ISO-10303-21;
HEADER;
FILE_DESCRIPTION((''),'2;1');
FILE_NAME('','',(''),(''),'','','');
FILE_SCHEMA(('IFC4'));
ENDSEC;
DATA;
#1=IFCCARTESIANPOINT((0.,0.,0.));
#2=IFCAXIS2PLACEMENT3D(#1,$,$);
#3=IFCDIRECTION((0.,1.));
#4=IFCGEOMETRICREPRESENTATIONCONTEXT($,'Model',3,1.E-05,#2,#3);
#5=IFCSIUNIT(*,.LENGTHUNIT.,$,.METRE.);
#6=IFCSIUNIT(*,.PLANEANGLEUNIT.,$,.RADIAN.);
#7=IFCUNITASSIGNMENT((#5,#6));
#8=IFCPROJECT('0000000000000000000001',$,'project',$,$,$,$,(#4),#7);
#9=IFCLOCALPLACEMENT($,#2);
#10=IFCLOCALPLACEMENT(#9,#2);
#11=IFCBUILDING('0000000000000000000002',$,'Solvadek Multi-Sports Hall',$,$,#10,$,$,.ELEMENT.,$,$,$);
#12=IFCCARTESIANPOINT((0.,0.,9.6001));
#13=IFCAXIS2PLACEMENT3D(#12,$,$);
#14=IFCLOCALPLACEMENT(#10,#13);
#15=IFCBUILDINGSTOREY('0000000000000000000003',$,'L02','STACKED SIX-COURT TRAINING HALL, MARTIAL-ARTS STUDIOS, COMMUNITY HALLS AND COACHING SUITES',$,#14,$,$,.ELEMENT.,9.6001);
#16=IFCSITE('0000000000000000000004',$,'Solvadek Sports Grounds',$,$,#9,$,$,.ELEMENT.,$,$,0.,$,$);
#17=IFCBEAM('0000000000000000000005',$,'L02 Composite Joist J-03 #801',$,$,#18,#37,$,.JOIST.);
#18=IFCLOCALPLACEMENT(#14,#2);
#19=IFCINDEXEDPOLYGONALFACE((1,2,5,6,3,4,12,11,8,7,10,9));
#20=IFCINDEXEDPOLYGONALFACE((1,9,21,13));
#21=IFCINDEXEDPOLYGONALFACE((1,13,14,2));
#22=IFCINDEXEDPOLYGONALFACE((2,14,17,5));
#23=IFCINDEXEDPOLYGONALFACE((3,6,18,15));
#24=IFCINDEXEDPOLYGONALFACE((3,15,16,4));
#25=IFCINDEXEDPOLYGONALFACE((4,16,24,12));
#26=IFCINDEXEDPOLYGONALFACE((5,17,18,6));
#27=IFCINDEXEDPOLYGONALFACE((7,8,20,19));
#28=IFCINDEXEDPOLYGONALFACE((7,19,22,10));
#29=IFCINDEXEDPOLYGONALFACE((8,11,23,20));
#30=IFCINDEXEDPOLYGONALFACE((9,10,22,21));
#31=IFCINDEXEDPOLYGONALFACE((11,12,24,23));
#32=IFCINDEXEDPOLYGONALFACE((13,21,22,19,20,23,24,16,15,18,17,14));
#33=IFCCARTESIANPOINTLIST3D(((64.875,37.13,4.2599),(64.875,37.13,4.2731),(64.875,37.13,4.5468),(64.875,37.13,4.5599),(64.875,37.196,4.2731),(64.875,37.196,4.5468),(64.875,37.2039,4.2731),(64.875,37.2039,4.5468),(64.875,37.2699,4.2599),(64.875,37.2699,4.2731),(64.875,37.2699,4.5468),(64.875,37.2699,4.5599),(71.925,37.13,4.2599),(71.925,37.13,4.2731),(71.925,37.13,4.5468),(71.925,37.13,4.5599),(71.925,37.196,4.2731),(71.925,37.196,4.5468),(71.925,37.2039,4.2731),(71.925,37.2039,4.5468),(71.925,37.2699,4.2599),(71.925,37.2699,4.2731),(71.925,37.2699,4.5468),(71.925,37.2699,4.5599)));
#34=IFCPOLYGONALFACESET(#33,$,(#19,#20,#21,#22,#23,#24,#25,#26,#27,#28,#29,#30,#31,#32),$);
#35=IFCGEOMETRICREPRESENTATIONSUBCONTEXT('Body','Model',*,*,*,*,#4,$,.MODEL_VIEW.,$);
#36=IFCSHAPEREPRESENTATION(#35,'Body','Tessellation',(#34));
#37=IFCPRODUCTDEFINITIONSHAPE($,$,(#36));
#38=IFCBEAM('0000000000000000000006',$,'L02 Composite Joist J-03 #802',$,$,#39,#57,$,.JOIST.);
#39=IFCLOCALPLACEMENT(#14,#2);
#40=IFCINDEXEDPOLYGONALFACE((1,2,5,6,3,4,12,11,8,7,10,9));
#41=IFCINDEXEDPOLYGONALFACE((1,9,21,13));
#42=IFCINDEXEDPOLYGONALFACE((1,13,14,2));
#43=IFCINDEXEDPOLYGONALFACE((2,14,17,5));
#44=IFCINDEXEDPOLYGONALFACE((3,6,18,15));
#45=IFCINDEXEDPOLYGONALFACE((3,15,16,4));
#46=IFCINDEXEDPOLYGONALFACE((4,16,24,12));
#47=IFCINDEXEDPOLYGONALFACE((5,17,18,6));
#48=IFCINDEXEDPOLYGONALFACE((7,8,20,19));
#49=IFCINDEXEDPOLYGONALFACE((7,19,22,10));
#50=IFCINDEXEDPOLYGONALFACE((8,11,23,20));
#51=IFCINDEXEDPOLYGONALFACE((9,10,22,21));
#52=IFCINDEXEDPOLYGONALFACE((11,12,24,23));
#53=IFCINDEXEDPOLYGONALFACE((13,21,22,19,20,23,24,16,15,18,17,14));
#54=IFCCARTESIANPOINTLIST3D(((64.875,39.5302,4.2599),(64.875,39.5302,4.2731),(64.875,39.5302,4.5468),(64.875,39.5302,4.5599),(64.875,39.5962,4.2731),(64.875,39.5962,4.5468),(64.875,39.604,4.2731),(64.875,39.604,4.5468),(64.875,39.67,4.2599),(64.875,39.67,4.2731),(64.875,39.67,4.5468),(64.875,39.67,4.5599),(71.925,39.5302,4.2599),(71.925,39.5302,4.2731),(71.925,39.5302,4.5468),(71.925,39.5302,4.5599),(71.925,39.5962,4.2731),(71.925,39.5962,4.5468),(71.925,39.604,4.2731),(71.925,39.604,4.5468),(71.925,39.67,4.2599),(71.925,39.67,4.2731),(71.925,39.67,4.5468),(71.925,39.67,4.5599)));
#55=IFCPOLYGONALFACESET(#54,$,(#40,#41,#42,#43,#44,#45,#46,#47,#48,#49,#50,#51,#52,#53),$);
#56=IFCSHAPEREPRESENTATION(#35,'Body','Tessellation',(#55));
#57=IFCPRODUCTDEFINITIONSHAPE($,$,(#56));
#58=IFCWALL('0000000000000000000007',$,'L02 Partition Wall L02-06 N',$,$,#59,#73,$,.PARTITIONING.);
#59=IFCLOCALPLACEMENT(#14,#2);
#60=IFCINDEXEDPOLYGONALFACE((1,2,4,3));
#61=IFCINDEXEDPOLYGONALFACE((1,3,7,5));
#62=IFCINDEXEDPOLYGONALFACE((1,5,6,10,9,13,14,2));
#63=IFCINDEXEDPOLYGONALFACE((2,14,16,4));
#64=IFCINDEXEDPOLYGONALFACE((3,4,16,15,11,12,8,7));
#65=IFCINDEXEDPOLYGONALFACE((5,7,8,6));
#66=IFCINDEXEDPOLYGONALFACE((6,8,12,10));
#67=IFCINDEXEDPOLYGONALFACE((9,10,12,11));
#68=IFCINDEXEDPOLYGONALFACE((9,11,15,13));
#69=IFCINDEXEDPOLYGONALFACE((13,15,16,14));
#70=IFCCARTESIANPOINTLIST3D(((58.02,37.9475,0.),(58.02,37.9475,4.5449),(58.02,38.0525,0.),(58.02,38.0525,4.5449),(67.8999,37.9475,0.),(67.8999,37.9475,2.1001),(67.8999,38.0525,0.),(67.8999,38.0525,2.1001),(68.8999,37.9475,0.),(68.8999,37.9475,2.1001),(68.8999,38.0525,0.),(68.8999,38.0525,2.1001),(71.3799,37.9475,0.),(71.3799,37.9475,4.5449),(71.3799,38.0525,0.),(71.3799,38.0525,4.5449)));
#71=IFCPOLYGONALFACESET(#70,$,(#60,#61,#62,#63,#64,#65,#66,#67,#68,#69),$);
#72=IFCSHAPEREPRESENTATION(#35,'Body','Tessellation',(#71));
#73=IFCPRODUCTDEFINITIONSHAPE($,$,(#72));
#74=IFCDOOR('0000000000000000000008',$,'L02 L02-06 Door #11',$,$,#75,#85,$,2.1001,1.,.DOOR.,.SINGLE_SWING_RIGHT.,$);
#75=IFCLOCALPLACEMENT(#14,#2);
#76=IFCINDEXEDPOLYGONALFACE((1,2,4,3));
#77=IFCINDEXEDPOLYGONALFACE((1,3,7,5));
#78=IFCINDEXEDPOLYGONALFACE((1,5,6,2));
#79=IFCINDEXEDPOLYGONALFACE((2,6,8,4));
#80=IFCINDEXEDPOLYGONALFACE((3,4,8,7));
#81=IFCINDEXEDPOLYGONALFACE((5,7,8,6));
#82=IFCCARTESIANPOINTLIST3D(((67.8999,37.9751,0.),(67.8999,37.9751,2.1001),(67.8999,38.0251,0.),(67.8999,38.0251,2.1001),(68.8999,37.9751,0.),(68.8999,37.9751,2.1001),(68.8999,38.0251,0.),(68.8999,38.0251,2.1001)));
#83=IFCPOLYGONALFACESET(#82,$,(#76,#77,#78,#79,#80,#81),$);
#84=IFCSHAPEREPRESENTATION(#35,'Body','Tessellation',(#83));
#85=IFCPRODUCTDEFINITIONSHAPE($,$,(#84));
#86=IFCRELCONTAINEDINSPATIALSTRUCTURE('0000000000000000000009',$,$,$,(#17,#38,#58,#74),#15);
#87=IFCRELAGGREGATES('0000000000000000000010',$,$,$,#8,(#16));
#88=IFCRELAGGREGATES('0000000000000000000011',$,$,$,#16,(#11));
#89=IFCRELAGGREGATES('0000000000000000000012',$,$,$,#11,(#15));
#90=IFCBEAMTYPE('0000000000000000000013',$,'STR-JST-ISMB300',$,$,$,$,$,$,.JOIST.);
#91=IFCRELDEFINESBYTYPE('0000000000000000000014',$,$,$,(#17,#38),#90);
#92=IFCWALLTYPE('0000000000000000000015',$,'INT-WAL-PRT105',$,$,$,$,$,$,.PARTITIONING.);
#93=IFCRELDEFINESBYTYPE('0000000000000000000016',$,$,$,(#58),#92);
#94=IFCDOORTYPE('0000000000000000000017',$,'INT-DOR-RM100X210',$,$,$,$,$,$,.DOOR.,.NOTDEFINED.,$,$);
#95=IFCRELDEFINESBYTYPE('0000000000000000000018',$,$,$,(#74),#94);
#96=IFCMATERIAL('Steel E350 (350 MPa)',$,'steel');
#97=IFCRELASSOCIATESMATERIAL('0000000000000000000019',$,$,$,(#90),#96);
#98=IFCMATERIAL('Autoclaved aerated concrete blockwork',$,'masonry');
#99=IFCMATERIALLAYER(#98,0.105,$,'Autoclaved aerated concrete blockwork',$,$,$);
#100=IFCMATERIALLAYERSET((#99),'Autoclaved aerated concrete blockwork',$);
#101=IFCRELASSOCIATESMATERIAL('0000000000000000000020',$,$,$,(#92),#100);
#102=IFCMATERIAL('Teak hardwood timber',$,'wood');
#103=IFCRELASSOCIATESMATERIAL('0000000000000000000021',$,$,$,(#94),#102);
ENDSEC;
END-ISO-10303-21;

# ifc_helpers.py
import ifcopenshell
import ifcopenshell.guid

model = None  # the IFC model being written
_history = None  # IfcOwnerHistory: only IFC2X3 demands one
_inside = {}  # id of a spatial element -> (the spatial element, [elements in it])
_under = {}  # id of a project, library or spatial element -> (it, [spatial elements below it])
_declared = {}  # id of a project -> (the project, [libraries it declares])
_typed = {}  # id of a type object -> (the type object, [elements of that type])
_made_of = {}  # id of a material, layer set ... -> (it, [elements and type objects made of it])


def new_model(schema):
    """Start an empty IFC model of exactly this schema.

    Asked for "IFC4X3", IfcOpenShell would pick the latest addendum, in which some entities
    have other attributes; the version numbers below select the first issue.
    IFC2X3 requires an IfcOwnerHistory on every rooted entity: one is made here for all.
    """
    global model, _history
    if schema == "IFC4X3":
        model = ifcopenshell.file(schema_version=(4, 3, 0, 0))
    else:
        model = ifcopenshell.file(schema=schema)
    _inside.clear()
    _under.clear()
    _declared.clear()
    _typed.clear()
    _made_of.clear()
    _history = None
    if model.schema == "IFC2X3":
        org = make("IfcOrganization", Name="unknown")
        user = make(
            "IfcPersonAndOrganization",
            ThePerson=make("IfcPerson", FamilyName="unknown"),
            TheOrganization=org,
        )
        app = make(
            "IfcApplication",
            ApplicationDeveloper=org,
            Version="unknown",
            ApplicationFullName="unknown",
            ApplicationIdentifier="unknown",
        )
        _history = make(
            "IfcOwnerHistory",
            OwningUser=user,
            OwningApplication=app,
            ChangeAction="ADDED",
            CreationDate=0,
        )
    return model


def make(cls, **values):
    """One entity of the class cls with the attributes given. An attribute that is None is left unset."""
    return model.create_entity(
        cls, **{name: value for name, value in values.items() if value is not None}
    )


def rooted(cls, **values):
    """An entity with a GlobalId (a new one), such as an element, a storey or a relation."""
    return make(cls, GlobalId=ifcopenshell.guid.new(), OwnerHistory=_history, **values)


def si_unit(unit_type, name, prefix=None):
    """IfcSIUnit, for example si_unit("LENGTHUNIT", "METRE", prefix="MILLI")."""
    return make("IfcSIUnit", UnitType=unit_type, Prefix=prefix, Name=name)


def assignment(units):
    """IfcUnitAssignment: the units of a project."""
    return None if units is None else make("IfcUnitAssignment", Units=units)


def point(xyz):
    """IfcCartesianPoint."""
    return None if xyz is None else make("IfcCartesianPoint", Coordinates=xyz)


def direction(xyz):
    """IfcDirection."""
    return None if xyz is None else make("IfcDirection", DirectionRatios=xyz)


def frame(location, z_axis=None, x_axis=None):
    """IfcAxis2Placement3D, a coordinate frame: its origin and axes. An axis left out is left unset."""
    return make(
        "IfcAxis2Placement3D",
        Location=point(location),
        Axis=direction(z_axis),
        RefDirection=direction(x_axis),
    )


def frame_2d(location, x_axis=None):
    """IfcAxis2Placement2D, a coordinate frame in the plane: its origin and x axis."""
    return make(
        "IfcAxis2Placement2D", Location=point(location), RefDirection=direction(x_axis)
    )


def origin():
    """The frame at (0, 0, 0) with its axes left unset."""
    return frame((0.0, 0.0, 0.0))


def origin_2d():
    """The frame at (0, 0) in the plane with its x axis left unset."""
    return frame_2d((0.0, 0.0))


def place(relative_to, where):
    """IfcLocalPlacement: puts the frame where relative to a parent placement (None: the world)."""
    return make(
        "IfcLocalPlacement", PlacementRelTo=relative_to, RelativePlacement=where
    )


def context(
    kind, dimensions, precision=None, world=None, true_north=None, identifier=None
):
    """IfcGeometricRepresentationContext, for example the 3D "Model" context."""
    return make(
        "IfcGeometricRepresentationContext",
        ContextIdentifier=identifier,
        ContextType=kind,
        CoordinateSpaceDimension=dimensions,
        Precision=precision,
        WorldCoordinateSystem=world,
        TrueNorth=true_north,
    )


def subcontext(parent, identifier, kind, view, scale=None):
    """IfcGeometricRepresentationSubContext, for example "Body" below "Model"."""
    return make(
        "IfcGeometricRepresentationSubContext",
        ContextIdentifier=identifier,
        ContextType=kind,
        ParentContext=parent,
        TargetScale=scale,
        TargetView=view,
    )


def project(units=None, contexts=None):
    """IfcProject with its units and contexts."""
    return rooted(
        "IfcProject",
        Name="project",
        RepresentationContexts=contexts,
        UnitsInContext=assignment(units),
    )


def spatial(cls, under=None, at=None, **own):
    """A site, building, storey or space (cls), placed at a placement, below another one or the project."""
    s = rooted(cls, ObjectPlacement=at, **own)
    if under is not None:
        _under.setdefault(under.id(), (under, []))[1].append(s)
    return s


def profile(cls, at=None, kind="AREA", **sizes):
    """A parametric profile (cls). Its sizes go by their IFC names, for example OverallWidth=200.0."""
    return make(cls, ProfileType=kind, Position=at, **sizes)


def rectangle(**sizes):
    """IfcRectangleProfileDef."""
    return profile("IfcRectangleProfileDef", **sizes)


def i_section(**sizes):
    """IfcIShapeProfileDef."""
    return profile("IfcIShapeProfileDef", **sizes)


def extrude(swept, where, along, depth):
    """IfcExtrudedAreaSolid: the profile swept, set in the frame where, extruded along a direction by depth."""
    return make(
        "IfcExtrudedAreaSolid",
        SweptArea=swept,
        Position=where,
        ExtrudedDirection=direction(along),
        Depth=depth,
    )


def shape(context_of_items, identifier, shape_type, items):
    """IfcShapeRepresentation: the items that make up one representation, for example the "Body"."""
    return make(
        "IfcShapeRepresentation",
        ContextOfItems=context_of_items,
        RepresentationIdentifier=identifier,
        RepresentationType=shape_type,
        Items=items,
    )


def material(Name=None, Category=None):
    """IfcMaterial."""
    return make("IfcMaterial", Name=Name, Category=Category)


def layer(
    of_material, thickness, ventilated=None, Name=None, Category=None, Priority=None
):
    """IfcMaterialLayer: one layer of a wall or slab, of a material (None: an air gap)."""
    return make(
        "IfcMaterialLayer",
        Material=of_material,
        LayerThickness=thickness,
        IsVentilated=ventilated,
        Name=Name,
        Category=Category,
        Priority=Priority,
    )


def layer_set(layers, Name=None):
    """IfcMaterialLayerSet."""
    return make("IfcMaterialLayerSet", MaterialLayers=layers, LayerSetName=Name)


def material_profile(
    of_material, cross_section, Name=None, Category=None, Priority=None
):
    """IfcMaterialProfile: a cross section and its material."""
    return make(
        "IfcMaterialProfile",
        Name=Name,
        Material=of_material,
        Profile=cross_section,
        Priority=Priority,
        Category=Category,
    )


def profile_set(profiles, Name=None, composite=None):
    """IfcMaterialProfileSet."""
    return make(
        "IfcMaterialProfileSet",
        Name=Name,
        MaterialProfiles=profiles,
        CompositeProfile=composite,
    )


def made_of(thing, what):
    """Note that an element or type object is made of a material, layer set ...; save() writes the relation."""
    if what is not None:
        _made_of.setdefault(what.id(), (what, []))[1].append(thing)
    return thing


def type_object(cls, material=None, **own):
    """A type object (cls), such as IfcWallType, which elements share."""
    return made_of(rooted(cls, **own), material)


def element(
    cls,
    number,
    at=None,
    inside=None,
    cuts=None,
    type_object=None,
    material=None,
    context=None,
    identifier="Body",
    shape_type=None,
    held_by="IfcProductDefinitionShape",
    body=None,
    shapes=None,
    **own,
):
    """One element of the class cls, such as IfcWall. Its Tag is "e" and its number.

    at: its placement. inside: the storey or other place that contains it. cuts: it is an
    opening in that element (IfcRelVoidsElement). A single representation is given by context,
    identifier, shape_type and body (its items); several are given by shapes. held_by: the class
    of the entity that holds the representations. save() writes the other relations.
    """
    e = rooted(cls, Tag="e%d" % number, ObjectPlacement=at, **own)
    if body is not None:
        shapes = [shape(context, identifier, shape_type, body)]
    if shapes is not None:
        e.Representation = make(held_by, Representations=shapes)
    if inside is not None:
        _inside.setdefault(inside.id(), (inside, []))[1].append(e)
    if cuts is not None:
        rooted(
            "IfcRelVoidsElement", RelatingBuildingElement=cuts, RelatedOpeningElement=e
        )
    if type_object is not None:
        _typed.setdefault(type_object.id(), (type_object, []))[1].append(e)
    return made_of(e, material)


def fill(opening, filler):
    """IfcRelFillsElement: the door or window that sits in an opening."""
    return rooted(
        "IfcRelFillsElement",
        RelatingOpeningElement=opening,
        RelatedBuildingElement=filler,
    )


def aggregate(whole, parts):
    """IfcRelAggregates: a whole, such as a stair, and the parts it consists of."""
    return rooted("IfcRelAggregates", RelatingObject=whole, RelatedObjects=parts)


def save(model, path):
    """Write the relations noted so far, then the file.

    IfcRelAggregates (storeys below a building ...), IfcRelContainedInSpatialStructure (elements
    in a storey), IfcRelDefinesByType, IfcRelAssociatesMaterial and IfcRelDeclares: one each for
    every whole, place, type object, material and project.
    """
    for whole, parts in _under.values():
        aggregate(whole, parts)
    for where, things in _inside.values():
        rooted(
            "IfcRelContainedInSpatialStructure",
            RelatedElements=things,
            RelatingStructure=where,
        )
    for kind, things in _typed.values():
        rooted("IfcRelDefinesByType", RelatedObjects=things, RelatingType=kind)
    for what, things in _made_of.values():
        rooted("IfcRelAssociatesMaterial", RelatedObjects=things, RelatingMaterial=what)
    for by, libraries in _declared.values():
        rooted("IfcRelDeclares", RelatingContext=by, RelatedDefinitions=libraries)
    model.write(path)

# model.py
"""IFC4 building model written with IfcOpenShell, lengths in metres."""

from ifc_helpers import new_model, si_unit, direction, frame, frame_2d, origin, origin_2d, place, context, subcontext, project, spatial, rectangle, i_section, extrude, material, layer, layer_set, material_profile, profile_set, type_object, element, fill, save


model = new_model("IFC4")

# Units and contexts
model_context = context("Model", 3, precision=1e-05, world=origin(), true_north=direction((0.0, 1.0)))
body_context = subcontext(model_context, "Body", "Model", "MODEL_VIEW")
ifc_project = project(units=[si_unit("LENGTHUNIT", "METRE"), si_unit("PLANEANGLEUNIT", "RADIAN")], contexts=[model_context])

# Site, building, storey
site_placement = place(None, origin())
site = spatial("IfcSite", under=ifc_project, at=site_placement, Name="Solvadek Sports Grounds", CompositionType="ELEMENT", RefElevation=0.0)
building_placement = place(site_placement, origin())
building = spatial("IfcBuilding", under=site, at=building_placement, Name="Solvadek Multi-Sports Hall", CompositionType="ELEMENT")
storey_placement = place(building_placement, frame((0.0, 0.0, 9.6001)))
storey = spatial("IfcBuildingStorey", under=building, at=storey_placement, Name="L02", Description="STACKED SIX-COURT TRAINING HALL, MARTIAL-ARTS STUDIOS, COMMUNITY HALLS AND COACHING SUITES", CompositionType="ELEMENT", Elevation=9.6001)

# Shared definitions
ifc_material_1 = material(Name="Steel E350 (350 MPa)", Category="steel")

# Beams
ifc_material_profile_1 = material_profile(ifc_material_1, i_section(OverallWidth=0.1399, OverallDepth=0.3, WebThickness=0.0078, FlangeThickness=0.0132, at=origin_2d()), Name="ISMB 300")
ifc_profile_set_1 = profile_set([ifc_material_profile_1], Name="Steel E350 (350 MPa)")
beam_type_1 = type_object("IfcBeamType", Name="STR-JST-ISMB300", PredefinedType="JOIST", material=ifc_profile_set_1)
for number, where, z_axis, x_axis, name in (
    (1, (64.875, 37.2, 4.4099), (1.0, 0.0, 0.0), (0.0, 1.0, 0.0), "L02 Composite Joist J-03 #801"),
    (2, (64.875, 39.6001, 4.4099), (1.0, 0.0, 0.0), (0.0, 1.0, 0.0), "L02 Composite Joist J-03 #802"),
):
    element("IfcBeam", number, at=place(storey_placement, frame(where, z_axis=z_axis, x_axis=x_axis)), inside=storey, type_object=beam_type_1, Name=name, PredefinedType="JOIST", context=body_context, shape_type="SweptSolid", body=[
        extrude(i_section(OverallWidth=0.1399, OverallDepth=0.3, WebThickness=0.0078, FlangeThickness=0.0132, at=origin_2d()), origin(), (0.0, 0.0, 1.0), 7.05),
    ])

# Wall, opening, door
ifc_material_2 = material(Name="Autoclaved aerated concrete blockwork", Category="masonry")
ifc_layer = layer(ifc_material_2, 0.105, Name="Autoclaved aerated concrete blockwork")
ifc_layer_set = layer_set([ifc_layer], Name="Autoclaved aerated concrete blockwork")
wall_type = type_object("IfcWallType", Name="INT-WAL-PRT105", PredefinedType="PARTITIONING", material=ifc_layer_set)
wall_placement = place(storey_placement, frame((58.02, 38.0, 0.0), z_axis=(0.0, 0.0, 1.0), x_axis=(1.0, 0.0, 0.0)))
wall = element("IfcWall", 3, at=wall_placement, inside=storey, type_object=wall_type, Name="L02 Partition Wall L02-06 N", PredefinedType="PARTITIONING", context=body_context, shape_type="SweptSolid", body=[
    extrude(rectangle(XDim=13.3599, YDim=0.105, at=frame_2d((6.6799, 0.0))), origin(), (0.0, 0.0, 1.0), 4.5449),
])
opening_placement = place(wall_placement, frame((9.8799, 0.0, 0.0)))
opening = element("IfcOpeningElement", 4, at=opening_placement, cuts=wall, PredefinedType="OPENING", context=body_context, shape_type="SweptSolid", body=[
    extrude(rectangle(XDim=1.0, YDim=2.1001, at=frame_2d((0.5, 1.05))), frame((0.0, 0.0625, 0.0), z_axis=(0.0, -1.0, 0.0), x_axis=(1.0, 0.0, 0.0)), (0.0, 0.0, 1.0), 0.125),
])
ifc_material_3 = material(Name="Teak hardwood timber", Category="wood")
door_type = type_object("IfcDoorType", Name="INT-DOR-RM100X210", OperationType="NOTDEFINED", PredefinedType="DOOR", material=ifc_material_3)
door_placement = place(opening_placement, frame((1.0, 0.0, 0.0), z_axis=(0.0, 0.0, 1.0), x_axis=(-1.0, 0.0, 0.0)))
door = element("IfcDoor", 5, at=door_placement, inside=storey, type_object=door_type, Name="L02 L02-06 Door #11", OperationType="SINGLE_SWING_RIGHT", OverallHeight=2.1001, OverallWidth=1.0, PredefinedType="DOOR", context=body_context, shape_type="SweptSolid", body=[
    extrude(rectangle(XDim=1.0, YDim=2.1001, at=frame_2d((0.5, 1.05))), frame((0.0, 0.0249, 0.0), z_axis=(0.0, -1.0, 0.0), x_axis=(1.0, 0.0, 0.0)), (0.0, 0.0, 1.0), 0.05),
])
fill(opening, door)

save(model, "model.ifc")
